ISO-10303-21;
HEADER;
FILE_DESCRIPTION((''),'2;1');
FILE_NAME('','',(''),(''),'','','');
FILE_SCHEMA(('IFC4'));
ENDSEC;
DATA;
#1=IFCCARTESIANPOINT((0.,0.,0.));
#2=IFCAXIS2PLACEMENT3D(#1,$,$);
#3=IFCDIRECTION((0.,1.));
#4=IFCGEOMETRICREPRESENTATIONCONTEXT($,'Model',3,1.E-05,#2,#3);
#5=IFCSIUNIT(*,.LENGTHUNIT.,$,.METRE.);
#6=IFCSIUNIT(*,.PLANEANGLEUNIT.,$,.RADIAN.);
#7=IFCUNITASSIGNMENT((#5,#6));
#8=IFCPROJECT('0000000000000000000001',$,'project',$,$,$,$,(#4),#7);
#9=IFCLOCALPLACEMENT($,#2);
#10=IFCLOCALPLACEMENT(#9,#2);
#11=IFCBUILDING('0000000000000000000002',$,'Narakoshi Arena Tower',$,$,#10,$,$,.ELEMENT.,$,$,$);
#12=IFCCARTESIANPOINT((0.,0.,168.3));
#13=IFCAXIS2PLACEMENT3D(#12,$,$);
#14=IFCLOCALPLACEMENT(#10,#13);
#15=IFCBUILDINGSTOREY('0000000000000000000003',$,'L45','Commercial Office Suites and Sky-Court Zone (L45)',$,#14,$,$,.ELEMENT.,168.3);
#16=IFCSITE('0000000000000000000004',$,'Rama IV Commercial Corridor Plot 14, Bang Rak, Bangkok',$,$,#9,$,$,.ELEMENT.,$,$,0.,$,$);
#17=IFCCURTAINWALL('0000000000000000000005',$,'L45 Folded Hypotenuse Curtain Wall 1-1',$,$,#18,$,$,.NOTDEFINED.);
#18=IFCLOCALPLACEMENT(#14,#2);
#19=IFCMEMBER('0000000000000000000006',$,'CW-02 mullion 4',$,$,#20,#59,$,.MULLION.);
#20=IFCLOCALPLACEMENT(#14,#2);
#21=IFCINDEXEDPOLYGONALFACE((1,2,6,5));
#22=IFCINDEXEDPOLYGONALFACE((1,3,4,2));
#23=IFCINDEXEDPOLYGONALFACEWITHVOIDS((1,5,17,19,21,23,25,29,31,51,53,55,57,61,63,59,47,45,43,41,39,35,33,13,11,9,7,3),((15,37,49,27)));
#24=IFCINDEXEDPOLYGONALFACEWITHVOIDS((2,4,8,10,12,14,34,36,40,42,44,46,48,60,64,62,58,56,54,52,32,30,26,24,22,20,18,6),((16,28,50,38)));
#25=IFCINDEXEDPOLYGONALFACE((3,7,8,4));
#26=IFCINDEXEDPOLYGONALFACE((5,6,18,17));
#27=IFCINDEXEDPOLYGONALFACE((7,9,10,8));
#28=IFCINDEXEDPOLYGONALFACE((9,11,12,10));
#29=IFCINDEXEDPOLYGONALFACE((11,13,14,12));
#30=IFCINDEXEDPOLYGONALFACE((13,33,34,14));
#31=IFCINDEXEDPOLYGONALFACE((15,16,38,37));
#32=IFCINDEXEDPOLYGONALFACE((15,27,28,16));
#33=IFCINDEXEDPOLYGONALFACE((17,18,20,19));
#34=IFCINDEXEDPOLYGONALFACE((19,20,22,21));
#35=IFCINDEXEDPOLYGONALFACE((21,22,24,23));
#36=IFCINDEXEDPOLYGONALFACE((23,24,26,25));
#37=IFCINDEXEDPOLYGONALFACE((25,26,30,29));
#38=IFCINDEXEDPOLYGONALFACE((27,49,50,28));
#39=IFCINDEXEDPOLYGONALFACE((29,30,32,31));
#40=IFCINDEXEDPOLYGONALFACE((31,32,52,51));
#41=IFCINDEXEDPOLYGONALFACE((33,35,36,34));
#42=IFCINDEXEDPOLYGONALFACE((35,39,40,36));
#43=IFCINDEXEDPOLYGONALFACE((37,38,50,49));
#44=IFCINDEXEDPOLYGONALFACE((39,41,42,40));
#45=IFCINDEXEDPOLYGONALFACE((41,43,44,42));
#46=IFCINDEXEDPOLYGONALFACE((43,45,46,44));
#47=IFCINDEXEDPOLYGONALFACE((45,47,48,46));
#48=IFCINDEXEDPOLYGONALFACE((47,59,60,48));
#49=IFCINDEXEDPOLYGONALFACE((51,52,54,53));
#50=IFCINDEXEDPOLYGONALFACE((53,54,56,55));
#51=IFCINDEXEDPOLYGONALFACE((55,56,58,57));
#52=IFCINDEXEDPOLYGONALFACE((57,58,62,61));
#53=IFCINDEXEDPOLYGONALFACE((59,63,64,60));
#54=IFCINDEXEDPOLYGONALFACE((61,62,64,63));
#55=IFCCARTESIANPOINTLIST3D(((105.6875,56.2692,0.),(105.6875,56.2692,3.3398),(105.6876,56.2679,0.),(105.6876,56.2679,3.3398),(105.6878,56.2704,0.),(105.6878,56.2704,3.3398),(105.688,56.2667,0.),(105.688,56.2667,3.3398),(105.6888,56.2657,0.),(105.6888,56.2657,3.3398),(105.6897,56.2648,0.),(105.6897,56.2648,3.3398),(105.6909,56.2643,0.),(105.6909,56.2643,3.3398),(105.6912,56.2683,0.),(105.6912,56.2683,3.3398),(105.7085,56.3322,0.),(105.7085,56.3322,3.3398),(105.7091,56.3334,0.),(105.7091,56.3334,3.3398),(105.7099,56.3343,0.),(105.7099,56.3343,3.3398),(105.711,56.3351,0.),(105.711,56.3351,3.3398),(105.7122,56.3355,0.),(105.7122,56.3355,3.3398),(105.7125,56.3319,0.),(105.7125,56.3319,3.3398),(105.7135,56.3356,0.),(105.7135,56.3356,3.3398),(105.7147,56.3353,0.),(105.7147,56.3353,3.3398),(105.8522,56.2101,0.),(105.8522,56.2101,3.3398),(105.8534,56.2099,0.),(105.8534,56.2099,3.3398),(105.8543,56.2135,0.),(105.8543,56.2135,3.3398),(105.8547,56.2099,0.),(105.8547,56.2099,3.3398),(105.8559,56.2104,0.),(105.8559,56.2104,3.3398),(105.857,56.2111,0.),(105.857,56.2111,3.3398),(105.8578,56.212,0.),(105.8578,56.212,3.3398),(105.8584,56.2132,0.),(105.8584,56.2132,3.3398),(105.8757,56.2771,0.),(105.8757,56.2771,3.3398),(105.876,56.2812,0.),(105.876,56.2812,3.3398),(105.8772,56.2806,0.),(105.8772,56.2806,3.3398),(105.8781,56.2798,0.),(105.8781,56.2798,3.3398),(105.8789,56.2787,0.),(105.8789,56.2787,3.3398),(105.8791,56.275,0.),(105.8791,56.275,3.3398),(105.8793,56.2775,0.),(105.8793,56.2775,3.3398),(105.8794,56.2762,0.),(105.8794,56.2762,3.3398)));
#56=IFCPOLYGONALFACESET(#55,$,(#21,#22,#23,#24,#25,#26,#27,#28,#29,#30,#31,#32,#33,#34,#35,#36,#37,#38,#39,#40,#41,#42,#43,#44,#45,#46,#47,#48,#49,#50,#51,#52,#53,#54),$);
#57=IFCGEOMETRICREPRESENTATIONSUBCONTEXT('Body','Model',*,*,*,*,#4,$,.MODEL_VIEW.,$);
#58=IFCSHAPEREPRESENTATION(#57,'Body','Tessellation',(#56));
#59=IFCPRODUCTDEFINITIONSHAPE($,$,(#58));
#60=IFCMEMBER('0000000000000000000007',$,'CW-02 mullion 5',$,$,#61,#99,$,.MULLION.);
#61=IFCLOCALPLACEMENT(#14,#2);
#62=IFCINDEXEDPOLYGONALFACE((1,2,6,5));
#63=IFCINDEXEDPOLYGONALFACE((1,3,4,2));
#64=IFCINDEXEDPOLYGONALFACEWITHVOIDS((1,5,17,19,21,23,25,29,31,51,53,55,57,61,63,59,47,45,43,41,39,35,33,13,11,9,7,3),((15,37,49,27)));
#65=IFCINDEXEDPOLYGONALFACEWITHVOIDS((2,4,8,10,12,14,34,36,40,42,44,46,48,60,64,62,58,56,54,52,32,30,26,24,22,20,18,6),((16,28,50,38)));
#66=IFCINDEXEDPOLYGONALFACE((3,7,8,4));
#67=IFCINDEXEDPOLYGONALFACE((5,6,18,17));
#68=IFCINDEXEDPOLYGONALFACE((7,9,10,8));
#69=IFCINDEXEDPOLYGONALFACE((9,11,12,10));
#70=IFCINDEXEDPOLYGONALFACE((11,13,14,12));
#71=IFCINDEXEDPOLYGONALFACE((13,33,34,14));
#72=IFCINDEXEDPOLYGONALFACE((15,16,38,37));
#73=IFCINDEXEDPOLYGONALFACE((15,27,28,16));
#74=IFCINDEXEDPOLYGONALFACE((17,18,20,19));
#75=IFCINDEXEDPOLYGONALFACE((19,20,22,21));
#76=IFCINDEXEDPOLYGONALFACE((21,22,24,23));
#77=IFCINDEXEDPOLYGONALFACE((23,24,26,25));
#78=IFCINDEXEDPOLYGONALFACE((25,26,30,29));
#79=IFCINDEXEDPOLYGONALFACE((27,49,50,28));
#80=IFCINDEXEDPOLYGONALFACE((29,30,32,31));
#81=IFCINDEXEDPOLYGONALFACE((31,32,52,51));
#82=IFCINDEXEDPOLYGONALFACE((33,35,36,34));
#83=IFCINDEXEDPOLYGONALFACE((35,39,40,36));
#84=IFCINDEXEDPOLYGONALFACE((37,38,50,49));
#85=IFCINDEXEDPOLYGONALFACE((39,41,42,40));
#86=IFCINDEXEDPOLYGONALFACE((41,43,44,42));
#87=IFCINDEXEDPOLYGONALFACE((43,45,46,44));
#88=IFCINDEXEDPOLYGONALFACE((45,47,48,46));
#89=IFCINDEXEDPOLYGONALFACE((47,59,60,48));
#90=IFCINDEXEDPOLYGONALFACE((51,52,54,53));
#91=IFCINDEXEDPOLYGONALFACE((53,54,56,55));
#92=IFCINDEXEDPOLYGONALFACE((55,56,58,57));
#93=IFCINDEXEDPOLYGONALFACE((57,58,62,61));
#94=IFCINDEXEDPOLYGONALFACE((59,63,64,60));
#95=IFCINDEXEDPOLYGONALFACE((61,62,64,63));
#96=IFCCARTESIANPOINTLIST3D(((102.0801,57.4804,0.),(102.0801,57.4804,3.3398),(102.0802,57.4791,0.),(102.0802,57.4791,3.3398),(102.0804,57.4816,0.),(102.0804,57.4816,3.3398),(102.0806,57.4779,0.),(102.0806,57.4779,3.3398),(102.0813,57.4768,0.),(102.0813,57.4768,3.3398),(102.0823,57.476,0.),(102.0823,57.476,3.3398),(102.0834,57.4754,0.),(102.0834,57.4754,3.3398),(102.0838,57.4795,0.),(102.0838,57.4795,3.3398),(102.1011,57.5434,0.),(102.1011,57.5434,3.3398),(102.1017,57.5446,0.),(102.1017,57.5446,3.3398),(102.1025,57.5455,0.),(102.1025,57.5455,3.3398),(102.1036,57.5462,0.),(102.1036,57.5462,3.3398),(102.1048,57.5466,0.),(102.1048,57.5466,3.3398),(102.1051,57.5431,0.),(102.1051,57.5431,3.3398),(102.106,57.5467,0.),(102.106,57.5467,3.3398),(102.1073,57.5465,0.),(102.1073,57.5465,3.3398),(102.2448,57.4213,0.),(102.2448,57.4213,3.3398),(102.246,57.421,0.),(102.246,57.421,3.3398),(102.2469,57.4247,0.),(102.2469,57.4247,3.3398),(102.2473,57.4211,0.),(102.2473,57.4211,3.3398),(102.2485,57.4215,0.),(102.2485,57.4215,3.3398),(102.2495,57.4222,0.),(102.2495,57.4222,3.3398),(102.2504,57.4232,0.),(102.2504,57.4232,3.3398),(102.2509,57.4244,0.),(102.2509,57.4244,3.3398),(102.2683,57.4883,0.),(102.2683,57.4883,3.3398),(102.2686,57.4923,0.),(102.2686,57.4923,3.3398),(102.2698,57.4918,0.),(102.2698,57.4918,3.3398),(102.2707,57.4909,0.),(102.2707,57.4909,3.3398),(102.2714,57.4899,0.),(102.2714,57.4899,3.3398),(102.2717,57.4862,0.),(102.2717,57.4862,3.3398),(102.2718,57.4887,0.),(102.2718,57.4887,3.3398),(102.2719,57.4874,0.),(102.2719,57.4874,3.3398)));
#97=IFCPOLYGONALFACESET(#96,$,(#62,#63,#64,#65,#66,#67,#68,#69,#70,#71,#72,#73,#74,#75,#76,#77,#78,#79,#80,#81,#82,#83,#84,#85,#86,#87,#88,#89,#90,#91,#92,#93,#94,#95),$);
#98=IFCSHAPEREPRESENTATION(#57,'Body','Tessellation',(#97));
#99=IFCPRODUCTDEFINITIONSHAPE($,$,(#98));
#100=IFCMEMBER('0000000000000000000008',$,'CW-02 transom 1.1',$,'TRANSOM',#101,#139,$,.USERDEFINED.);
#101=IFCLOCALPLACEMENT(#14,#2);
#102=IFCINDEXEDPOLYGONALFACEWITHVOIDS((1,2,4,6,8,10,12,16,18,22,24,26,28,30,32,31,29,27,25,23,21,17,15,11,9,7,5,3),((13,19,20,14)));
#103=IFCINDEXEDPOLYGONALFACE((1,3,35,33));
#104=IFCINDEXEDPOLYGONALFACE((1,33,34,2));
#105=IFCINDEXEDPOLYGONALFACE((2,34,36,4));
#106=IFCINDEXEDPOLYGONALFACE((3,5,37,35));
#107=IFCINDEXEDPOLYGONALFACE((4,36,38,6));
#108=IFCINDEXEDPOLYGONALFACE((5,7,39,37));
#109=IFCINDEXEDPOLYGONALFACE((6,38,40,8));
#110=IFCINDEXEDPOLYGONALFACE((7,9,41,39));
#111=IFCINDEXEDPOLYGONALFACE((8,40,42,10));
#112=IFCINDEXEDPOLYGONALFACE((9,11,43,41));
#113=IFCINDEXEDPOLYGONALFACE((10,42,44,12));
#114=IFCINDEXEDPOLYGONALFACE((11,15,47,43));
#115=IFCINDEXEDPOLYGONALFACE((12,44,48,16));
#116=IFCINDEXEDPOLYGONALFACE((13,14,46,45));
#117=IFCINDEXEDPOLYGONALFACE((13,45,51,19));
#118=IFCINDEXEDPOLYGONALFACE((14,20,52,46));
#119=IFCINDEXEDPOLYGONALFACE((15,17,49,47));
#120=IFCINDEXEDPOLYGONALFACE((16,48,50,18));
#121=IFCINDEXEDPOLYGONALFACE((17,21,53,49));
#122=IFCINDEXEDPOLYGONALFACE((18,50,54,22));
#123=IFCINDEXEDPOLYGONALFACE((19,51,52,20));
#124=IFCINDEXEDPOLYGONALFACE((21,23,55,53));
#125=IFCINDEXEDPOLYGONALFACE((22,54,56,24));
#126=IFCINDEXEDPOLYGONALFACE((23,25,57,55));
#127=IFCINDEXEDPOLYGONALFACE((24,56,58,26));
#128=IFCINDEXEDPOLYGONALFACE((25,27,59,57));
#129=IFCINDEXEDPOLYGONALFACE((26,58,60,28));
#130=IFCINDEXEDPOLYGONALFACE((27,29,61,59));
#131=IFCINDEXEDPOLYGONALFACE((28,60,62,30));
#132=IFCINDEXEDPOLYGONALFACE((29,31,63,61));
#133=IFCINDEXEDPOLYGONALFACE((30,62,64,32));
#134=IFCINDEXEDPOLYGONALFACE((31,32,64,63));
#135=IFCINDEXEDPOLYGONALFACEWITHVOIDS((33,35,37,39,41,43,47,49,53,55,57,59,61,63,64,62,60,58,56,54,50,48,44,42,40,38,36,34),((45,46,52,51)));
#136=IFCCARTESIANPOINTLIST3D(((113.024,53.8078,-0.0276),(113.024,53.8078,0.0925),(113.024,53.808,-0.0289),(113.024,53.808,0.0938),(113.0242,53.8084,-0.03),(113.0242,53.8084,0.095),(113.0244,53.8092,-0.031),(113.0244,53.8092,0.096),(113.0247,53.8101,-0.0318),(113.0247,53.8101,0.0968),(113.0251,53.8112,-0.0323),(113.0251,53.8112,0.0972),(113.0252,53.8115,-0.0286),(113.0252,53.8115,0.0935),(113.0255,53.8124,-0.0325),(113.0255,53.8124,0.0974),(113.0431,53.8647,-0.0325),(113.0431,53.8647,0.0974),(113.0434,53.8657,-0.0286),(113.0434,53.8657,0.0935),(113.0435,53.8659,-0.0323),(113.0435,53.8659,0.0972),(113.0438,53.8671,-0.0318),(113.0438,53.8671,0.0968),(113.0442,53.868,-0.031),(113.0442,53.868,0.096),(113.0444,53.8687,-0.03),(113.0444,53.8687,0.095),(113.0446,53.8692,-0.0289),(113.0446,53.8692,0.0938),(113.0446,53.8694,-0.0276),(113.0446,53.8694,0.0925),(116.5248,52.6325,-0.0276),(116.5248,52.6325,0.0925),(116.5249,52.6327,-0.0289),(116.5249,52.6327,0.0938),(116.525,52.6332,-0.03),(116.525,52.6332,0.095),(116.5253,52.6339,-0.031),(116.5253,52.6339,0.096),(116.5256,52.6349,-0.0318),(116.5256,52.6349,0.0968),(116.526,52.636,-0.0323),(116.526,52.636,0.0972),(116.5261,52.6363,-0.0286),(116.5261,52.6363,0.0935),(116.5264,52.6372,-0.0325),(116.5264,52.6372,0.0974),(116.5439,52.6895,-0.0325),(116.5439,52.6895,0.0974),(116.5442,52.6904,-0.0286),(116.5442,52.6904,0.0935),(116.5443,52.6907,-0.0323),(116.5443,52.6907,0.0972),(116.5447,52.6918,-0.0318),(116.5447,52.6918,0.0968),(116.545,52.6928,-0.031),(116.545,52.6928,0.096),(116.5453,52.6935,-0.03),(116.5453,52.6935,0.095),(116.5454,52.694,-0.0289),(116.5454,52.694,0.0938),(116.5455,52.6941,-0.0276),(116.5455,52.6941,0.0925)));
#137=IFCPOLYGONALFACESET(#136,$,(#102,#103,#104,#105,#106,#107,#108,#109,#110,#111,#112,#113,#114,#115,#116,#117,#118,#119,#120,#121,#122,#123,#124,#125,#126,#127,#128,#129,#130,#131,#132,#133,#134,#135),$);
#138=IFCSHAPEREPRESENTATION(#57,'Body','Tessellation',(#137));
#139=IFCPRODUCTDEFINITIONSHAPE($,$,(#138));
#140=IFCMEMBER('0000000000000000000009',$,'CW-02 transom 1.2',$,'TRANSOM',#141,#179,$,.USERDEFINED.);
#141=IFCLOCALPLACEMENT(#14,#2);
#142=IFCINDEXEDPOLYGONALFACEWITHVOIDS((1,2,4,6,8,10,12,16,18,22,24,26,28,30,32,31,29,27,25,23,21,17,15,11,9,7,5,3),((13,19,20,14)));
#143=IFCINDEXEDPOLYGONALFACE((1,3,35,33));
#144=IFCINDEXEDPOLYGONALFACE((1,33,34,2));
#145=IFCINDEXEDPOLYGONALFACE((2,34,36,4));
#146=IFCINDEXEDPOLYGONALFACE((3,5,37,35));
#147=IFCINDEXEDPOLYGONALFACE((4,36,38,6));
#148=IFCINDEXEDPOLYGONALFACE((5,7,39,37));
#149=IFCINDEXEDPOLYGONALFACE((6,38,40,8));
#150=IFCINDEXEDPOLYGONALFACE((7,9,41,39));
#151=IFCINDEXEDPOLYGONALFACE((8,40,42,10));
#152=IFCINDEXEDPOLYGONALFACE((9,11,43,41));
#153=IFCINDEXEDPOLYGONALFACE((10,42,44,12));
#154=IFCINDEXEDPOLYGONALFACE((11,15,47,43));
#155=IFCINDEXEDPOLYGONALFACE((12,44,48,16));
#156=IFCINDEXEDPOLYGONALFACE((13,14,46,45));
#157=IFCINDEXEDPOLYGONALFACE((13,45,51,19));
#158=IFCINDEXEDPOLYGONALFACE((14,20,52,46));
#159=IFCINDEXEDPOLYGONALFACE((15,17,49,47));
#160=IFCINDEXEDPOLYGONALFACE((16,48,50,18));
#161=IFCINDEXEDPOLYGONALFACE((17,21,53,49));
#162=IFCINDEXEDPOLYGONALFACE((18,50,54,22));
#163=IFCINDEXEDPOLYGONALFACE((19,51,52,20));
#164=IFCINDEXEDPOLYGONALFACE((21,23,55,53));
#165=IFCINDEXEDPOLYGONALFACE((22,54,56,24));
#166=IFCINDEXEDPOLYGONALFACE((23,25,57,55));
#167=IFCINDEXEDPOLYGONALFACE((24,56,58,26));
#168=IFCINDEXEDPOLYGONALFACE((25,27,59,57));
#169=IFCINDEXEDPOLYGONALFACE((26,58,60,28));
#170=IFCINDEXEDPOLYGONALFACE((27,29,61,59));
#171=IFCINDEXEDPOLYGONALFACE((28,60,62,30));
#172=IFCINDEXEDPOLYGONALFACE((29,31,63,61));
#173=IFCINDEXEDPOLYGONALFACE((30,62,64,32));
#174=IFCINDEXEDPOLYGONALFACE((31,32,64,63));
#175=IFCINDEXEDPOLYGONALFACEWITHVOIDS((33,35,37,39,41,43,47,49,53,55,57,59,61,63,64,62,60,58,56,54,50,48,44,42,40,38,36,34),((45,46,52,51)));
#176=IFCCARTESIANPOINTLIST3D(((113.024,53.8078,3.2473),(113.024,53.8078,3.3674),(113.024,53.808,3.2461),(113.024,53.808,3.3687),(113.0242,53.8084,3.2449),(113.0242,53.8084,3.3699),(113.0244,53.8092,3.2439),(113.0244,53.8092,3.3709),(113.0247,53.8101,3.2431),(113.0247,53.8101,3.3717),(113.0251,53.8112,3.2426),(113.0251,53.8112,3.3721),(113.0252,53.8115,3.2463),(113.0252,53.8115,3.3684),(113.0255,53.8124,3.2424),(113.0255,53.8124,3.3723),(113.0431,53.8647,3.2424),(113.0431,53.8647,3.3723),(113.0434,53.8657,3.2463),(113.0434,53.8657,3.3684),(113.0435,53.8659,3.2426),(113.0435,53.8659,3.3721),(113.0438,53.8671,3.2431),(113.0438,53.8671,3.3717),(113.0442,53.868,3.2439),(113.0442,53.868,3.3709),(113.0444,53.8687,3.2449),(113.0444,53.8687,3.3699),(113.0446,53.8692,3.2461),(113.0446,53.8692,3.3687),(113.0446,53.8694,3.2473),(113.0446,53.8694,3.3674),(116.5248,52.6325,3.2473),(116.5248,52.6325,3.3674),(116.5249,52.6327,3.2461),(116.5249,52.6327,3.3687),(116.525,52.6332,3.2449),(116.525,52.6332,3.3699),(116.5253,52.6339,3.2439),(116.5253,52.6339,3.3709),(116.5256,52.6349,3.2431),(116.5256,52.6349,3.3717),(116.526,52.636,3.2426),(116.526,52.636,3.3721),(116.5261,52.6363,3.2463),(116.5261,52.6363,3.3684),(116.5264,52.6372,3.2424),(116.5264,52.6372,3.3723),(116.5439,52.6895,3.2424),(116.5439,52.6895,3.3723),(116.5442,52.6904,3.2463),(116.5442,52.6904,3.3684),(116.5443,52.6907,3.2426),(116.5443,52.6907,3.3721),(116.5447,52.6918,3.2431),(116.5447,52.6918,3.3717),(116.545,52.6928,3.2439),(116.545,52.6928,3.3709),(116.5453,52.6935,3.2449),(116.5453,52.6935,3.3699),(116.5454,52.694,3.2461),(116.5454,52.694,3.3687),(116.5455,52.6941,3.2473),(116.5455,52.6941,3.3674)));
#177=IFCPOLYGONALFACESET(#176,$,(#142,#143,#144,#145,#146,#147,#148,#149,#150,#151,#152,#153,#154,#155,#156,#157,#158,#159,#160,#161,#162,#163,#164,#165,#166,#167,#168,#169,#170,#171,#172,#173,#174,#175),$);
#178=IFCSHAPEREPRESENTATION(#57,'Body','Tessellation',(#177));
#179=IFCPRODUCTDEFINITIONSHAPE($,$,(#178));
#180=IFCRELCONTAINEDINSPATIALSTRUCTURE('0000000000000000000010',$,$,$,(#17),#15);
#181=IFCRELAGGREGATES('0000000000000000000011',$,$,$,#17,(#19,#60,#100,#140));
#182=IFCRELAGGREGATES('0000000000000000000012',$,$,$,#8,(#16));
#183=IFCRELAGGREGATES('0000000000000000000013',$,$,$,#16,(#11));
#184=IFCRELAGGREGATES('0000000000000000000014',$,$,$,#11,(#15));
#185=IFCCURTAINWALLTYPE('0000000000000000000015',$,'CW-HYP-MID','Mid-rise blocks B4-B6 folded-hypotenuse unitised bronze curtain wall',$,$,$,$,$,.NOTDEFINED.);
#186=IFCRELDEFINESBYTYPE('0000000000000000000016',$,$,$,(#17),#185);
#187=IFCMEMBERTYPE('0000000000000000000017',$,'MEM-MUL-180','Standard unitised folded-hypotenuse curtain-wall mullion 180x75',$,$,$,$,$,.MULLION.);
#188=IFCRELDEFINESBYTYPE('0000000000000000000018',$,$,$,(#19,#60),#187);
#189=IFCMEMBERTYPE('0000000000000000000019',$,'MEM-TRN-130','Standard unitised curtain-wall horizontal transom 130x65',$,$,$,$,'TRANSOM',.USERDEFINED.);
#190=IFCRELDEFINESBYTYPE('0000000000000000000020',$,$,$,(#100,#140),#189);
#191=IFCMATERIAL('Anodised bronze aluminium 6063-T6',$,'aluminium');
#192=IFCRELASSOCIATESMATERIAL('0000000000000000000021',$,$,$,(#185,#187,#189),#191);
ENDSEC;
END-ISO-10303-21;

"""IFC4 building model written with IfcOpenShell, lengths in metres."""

from ifc_helpers import new_model, si_unit, direction, frame, origin, origin_2d, place, context, subcontext, project, spatial, hollow_rectangle, extrude, material, material_profile, profile_set, type_object, element, aggregate, save


model = new_model("IFC4")

# Units and contexts
model_context = context("Model", 3, precision=1e-05, world=origin(), true_north=direction((0.0, 1.0)))
body_context = subcontext(model_context, "Body", "Model", "MODEL_VIEW")
ifc_project = project(units=[si_unit("LENGTHUNIT", "METRE"), si_unit("PLANEANGLEUNIT", "RADIAN")], contexts=[model_context])

# Site, building, storey
site_placement = place(None, origin())
site = spatial("IfcSite", under=ifc_project, at=site_placement, Name="Rama IV Commercial Corridor Plot 14, Bang Rak, Bangkok", CompositionType="ELEMENT", RefElevation=0.0)
building_placement = place(site_placement, origin())
building = spatial("IfcBuilding", under=site, at=building_placement, Name="Narakoshi Arena Tower", CompositionType="ELEMENT")
storey_placement = place(building_placement, frame((0.0, 0.0, 168.3)))
storey = spatial("IfcBuildingStorey", under=building, at=storey_placement, Name="L45", Description="Commercial Office Suites and Sky-Court Zone (L45)", CompositionType="ELEMENT", Elevation=168.3)

# Curtain wall, members
ifc_material_1 = material(Name="Anodised bronze aluminium 6063-T6", Category="aluminium")
curtain_wall_type = type_object("IfcCurtainWallType", Name="CW-HYP-MID", Description="Mid-rise blocks B4-B6 folded-hypotenuse unitised bronze curtain wall", PredefinedType="NOTDEFINED", material=ifc_material_1)
curtain_wall_placement = place(storey_placement, origin())
curtain_wall = element("IfcCurtainWall", 1, at=curtain_wall_placement, inside=storey, type_object=curtain_wall_type, Name="L45 Folded Hypotenuse Curtain Wall 1-1", PredefinedType="NOTDEFINED")
ifc_material_profile_1 = material_profile(ifc_material_1, hollow_rectangle(XDim=0.075, YDim=0.1799, WallThickness=0.0039, OuterFilletRadius=0.0049, at=origin_2d()), Name="MUL180x75x4")
ifc_profile_set_1 = profile_set([ifc_material_profile_1], Name="Anodised bronze aluminium 6063-T6")
member_type_1 = type_object("IfcMemberType", Name="MEM-MUL-180", Description="Standard unitised folded-hypotenuse curtain-wall mullion 180x75", PredefinedType="MULLION", material=ifc_profile_set_1)
member_1_placement = place(storey_placement, frame((105.7834, 56.2727, 0.0), z_axis=(0.0, 0.0, 1.0), x_axis=(-0.318261, -0.948003, 0.0)))
member_1 = element("IfcMember", 2, at=member_1_placement, type_object=member_type_1, Name="CW-02 mullion 4", PredefinedType="MULLION", context=body_context, shape_type="SweptSolid", body=[
    extrude(hollow_rectangle(XDim=0.075, YDim=0.1799, WallThickness=0.0039, OuterFilletRadius=0.0049, at=origin_2d()), origin(), (0.0, 0.0, 1.0), 3.3398),
])
member_2_placement = place(storey_placement, frame((102.176, 57.4839, 0.0), z_axis=(0.0, 0.0, 1.0), x_axis=(-0.318261, -0.948003, 0.0)))
member_2 = element("IfcMember", 3, at=member_2_placement, type_object=member_type_1, Name="CW-02 mullion 5", PredefinedType="MULLION", context=body_context, shape_type="SweptSolid", body=[
    extrude(hollow_rectangle(XDim=0.075, YDim=0.1799, WallThickness=0.0039, OuterFilletRadius=0.0049, at=origin_2d()), origin(), (0.0, 0.0, 1.0), 3.3398),
])
ifc_material_profile_2 = material_profile(ifc_material_1, hollow_rectangle(XDim=0.0649, YDim=0.1299, WallThickness=0.0039, OuterFilletRadius=0.0049, at=origin_2d()), Name="TRN130x65x4")
ifc_profile_set_2 = profile_set([ifc_material_profile_2], Name="Anodised bronze aluminium 6063-T6")
member_type_2 = type_object("IfcMemberType", Name="MEM-TRN-130", Description="Standard unitised curtain-wall horizontal transom 130x65", ElementType="TRANSOM", PredefinedType="USERDEFINED", material=ifc_profile_set_2)
member_3_placement = place(storey_placement, frame((116.5352, 52.6633, 0.0325), z_axis=(-0.948007, 0.31825, 0.0), x_axis=(-0.31825, -0.948007, 0.0)))
member_3 = element("IfcMember", 4, at=member_3_placement, type_object=member_type_2, Name="CW-02 transom 1.1", ObjectType="TRANSOM", PredefinedType="USERDEFINED", context=body_context, shape_type="SweptSolid", body=[
    extrude(hollow_rectangle(XDim=0.0649, YDim=0.1299, WallThickness=0.0039, OuterFilletRadius=0.0049, at=origin_2d()), origin(), (0.0, 0.0, 1.0), 3.6929),
])
member_4_placement = place(storey_placement, frame((116.5352, 52.6633, 3.3074), z_axis=(-0.948007, 0.31825, 0.0), x_axis=(-0.31825, -0.948007, 0.0)))
member_4 = element("IfcMember", 5, at=member_4_placement, type_object=member_type_2, Name="CW-02 transom 1.2", ObjectType="TRANSOM", PredefinedType="USERDEFINED", context=body_context, shape_type="SweptSolid", body=[
    extrude(hollow_rectangle(XDim=0.0649, YDim=0.1299, WallThickness=0.0039, OuterFilletRadius=0.0049, at=origin_2d()), origin(), (0.0, 0.0, 1.0), 3.6929),
])
aggregate(curtain_wall, [member_1, member_2, member_3, member_4])

save(model, "model.ifc")
